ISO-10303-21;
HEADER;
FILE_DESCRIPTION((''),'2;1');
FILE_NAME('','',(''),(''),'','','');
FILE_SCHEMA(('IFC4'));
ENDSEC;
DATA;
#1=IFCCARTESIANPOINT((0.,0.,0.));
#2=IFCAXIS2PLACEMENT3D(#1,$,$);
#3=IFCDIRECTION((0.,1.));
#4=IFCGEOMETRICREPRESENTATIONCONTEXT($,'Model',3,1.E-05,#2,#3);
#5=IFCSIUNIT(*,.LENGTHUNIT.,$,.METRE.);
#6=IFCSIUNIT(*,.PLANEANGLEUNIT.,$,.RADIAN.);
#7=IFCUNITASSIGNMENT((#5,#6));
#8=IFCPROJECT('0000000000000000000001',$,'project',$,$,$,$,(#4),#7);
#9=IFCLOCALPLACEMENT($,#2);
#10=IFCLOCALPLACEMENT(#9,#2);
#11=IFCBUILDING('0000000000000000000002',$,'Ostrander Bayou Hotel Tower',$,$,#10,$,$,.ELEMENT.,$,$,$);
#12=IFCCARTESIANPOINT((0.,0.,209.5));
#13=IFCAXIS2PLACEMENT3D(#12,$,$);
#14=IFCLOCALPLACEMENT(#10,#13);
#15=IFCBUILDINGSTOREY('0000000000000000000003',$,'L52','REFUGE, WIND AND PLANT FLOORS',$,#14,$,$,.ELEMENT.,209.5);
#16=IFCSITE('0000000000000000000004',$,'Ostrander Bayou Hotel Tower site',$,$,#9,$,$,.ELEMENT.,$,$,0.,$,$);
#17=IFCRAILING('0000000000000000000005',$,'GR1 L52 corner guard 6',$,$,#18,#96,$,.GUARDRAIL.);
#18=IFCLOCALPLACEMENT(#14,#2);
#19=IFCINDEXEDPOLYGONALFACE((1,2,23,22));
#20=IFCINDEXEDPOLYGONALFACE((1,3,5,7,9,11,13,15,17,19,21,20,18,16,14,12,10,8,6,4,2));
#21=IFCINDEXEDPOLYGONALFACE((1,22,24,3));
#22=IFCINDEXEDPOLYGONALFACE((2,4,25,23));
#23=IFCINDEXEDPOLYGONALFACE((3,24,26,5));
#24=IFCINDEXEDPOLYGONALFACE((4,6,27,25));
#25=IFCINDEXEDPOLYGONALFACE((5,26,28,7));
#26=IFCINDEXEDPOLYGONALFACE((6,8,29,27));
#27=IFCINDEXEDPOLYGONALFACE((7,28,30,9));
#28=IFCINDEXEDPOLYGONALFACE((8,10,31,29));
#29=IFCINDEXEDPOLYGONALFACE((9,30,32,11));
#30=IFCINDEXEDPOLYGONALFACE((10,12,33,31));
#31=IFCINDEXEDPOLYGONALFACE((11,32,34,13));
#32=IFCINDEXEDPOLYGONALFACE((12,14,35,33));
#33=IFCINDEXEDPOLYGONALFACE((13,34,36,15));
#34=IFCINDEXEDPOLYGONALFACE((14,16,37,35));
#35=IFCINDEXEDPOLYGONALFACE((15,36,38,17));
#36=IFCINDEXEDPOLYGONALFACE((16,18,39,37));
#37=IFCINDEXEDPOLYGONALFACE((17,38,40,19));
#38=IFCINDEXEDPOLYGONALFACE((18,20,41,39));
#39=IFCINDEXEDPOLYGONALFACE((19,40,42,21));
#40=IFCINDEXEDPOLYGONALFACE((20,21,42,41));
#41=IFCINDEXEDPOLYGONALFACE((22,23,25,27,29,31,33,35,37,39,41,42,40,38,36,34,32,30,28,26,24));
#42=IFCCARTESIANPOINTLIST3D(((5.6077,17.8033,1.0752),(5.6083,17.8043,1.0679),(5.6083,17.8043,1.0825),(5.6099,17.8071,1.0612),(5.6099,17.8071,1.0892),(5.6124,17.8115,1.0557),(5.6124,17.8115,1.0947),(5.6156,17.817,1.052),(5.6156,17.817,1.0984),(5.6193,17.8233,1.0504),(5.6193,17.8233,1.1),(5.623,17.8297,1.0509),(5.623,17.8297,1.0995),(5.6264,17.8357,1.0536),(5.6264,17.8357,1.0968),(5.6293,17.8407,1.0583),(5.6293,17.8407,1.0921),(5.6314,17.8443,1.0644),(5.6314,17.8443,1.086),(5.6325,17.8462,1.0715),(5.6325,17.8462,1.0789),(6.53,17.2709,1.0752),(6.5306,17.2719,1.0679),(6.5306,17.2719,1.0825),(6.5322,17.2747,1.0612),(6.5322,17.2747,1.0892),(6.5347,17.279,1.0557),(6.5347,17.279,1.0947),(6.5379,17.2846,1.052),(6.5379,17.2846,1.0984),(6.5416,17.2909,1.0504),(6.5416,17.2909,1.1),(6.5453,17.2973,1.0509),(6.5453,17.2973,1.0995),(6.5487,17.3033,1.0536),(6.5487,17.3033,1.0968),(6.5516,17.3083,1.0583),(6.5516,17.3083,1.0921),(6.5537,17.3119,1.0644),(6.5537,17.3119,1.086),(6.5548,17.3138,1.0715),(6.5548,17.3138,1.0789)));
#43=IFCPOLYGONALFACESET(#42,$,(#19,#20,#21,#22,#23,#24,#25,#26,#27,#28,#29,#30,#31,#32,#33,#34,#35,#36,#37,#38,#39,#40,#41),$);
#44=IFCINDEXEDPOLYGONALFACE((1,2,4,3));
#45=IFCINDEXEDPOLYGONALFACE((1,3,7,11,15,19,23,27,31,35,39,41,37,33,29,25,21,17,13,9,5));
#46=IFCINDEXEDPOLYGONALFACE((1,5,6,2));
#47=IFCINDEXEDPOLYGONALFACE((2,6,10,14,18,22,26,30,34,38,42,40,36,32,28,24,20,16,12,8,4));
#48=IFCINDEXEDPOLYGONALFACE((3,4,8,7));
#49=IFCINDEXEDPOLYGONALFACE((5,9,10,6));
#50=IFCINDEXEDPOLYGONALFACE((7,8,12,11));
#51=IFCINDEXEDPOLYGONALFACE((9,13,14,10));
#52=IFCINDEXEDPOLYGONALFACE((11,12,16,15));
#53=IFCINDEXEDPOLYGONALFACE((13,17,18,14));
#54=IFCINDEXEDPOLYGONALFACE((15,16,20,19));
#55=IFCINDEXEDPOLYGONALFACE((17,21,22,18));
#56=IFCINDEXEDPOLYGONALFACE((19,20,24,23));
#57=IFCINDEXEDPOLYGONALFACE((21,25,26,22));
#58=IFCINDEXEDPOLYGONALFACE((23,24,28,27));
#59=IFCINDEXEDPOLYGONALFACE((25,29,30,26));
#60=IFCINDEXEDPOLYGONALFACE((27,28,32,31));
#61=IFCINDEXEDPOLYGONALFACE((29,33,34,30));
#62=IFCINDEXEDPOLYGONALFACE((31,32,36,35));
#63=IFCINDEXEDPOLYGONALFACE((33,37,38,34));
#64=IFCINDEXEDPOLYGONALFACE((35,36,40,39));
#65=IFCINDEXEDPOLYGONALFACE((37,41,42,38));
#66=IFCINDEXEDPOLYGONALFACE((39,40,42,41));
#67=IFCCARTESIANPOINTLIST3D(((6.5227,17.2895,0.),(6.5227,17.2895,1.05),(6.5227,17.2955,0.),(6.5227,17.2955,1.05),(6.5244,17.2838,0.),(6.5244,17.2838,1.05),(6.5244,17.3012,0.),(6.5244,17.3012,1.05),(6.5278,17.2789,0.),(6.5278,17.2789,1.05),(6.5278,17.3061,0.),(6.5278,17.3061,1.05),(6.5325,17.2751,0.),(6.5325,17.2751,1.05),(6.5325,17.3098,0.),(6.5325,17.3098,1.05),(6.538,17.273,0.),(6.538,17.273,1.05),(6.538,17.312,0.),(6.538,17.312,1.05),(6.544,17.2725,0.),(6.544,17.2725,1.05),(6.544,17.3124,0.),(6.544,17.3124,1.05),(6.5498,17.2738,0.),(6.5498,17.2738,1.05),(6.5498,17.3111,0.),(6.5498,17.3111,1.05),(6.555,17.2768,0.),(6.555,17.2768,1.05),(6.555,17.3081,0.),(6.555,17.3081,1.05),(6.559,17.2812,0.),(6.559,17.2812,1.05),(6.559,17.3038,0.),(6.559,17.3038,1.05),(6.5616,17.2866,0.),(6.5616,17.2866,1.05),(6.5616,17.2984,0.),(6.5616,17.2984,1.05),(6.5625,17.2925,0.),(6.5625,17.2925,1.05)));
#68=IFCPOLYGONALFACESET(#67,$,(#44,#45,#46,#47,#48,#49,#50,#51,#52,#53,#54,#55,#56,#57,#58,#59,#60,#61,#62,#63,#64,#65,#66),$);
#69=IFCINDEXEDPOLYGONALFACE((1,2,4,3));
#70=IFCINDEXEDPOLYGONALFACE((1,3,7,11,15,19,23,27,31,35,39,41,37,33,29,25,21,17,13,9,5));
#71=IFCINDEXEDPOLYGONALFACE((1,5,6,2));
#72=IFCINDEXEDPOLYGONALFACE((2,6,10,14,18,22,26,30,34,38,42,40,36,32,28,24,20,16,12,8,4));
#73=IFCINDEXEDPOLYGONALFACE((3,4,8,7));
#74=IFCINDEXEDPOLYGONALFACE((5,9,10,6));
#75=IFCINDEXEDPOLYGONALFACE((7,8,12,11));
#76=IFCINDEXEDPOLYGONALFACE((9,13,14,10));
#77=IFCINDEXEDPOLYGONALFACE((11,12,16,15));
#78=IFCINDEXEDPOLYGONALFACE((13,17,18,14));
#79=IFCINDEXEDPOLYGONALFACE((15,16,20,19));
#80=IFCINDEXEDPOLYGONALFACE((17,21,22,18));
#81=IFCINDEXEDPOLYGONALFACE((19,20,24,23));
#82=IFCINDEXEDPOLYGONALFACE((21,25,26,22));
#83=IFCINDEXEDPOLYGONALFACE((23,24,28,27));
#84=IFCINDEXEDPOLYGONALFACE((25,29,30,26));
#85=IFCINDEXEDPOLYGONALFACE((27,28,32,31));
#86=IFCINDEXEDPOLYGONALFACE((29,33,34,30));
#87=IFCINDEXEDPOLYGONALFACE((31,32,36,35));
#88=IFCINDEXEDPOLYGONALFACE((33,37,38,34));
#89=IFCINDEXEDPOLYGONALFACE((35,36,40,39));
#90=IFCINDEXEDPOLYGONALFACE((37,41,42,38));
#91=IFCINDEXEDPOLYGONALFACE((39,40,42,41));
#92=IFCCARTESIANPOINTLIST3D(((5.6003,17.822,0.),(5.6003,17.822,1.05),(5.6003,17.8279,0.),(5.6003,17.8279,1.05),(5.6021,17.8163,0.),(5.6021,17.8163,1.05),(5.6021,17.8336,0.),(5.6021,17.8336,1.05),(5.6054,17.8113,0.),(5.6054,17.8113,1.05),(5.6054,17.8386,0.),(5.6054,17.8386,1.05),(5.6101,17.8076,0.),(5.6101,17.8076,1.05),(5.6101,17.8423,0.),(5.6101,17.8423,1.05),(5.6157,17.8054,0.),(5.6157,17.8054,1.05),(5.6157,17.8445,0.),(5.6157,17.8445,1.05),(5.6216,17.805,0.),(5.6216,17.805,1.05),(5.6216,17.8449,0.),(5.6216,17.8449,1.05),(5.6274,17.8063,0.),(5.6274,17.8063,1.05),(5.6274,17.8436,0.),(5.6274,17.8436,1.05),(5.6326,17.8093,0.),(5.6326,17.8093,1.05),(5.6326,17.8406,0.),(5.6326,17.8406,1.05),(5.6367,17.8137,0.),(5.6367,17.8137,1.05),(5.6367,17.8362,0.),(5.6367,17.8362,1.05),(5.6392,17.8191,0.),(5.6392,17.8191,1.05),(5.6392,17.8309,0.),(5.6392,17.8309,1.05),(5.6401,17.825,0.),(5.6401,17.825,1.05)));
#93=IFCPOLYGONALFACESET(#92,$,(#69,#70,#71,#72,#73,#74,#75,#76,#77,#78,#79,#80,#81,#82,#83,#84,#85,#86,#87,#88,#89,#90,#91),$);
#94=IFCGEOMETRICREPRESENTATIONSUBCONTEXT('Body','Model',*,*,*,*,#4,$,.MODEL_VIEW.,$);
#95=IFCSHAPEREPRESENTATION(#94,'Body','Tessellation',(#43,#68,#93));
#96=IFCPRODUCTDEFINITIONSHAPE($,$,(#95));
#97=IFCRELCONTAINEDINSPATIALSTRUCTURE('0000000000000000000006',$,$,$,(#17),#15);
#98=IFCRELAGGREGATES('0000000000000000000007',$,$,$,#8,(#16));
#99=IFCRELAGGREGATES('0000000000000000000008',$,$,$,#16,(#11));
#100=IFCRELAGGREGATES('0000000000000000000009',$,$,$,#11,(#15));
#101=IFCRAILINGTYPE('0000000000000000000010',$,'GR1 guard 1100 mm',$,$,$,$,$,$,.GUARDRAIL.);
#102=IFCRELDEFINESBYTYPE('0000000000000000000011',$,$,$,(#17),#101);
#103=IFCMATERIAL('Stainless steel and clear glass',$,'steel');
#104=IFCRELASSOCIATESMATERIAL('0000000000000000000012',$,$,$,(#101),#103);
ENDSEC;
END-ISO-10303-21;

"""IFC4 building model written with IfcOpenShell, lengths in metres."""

from ifc_helpers import new_model, si_unit, direction, frame, origin, origin_2d, place, context, subcontext, project, spatial, circle, extrude, material, type_object, element, save


model = new_model("IFC4")

# Units and contexts
model_context = context("Model", 3, precision=1e-05, world=origin(), true_north=direction((0.0, 1.0)))
body_context = subcontext(model_context, "Body", "Model", "MODEL_VIEW")
ifc_project = project(units=[si_unit("LENGTHUNIT", "METRE"), si_unit("PLANEANGLEUNIT", "RADIAN")], contexts=[model_context])

# Site, building, storey
site_placement = place(None, origin())
site = spatial("IfcSite", under=ifc_project, at=site_placement, Name="Ostrander Bayou Hotel Tower site", CompositionType="ELEMENT", RefElevation=0.0)
building_placement = place(site_placement, origin())
building = spatial("IfcBuilding", under=site, at=building_placement, Name="Ostrander Bayou Hotel Tower", CompositionType="ELEMENT")
storey_placement = place(building_placement, frame((0.0, 0.0, 209.5)))
storey = spatial("IfcBuildingStorey", under=building, at=storey_placement, Name="L52", Description="REFUGE, WIND AND PLANT FLOORS", CompositionType="ELEMENT", Elevation=209.5)

# Railing
ifc_material_1 = material(Name="Stainless steel and clear glass", Category="steel")
railing_type = type_object("IfcRailingType", Name="GR1 guard 1100 mm", PredefinedType="GUARDRAIL", material=ifc_material_1)
railing_1_placement = place(storey_placement, frame((6.5425, 17.2925, 0.0)))
element("IfcRailing", 1, at=railing_1_placement, inside=storey, type_object=railing_type, Name="GR1 L52 corner guard 6", PredefinedType="GUARDRAIL", context=body_context, shape_type="SweptSolid", body=[
    extrude(circle(Radius=0.0249, at=origin_2d()), frame((0.0, 0.0, 1.0752), z_axis=(-0.866048, 0.499961, 0.0), x_axis=(-0.499961, -0.866048, 0.0)), (0.0, 0.0, 1.0), 1.0649),
    extrude(circle(Radius=0.02, at=origin_2d()), origin(), (0.0, 0.0, 1.0), 1.05),
    extrude(circle(Radius=0.02, at=origin_2d()), frame((-0.9224, 0.5325, 0.0)), (0.0, 0.0, 1.0), 1.05),
])

save(model, "model.ifc")
